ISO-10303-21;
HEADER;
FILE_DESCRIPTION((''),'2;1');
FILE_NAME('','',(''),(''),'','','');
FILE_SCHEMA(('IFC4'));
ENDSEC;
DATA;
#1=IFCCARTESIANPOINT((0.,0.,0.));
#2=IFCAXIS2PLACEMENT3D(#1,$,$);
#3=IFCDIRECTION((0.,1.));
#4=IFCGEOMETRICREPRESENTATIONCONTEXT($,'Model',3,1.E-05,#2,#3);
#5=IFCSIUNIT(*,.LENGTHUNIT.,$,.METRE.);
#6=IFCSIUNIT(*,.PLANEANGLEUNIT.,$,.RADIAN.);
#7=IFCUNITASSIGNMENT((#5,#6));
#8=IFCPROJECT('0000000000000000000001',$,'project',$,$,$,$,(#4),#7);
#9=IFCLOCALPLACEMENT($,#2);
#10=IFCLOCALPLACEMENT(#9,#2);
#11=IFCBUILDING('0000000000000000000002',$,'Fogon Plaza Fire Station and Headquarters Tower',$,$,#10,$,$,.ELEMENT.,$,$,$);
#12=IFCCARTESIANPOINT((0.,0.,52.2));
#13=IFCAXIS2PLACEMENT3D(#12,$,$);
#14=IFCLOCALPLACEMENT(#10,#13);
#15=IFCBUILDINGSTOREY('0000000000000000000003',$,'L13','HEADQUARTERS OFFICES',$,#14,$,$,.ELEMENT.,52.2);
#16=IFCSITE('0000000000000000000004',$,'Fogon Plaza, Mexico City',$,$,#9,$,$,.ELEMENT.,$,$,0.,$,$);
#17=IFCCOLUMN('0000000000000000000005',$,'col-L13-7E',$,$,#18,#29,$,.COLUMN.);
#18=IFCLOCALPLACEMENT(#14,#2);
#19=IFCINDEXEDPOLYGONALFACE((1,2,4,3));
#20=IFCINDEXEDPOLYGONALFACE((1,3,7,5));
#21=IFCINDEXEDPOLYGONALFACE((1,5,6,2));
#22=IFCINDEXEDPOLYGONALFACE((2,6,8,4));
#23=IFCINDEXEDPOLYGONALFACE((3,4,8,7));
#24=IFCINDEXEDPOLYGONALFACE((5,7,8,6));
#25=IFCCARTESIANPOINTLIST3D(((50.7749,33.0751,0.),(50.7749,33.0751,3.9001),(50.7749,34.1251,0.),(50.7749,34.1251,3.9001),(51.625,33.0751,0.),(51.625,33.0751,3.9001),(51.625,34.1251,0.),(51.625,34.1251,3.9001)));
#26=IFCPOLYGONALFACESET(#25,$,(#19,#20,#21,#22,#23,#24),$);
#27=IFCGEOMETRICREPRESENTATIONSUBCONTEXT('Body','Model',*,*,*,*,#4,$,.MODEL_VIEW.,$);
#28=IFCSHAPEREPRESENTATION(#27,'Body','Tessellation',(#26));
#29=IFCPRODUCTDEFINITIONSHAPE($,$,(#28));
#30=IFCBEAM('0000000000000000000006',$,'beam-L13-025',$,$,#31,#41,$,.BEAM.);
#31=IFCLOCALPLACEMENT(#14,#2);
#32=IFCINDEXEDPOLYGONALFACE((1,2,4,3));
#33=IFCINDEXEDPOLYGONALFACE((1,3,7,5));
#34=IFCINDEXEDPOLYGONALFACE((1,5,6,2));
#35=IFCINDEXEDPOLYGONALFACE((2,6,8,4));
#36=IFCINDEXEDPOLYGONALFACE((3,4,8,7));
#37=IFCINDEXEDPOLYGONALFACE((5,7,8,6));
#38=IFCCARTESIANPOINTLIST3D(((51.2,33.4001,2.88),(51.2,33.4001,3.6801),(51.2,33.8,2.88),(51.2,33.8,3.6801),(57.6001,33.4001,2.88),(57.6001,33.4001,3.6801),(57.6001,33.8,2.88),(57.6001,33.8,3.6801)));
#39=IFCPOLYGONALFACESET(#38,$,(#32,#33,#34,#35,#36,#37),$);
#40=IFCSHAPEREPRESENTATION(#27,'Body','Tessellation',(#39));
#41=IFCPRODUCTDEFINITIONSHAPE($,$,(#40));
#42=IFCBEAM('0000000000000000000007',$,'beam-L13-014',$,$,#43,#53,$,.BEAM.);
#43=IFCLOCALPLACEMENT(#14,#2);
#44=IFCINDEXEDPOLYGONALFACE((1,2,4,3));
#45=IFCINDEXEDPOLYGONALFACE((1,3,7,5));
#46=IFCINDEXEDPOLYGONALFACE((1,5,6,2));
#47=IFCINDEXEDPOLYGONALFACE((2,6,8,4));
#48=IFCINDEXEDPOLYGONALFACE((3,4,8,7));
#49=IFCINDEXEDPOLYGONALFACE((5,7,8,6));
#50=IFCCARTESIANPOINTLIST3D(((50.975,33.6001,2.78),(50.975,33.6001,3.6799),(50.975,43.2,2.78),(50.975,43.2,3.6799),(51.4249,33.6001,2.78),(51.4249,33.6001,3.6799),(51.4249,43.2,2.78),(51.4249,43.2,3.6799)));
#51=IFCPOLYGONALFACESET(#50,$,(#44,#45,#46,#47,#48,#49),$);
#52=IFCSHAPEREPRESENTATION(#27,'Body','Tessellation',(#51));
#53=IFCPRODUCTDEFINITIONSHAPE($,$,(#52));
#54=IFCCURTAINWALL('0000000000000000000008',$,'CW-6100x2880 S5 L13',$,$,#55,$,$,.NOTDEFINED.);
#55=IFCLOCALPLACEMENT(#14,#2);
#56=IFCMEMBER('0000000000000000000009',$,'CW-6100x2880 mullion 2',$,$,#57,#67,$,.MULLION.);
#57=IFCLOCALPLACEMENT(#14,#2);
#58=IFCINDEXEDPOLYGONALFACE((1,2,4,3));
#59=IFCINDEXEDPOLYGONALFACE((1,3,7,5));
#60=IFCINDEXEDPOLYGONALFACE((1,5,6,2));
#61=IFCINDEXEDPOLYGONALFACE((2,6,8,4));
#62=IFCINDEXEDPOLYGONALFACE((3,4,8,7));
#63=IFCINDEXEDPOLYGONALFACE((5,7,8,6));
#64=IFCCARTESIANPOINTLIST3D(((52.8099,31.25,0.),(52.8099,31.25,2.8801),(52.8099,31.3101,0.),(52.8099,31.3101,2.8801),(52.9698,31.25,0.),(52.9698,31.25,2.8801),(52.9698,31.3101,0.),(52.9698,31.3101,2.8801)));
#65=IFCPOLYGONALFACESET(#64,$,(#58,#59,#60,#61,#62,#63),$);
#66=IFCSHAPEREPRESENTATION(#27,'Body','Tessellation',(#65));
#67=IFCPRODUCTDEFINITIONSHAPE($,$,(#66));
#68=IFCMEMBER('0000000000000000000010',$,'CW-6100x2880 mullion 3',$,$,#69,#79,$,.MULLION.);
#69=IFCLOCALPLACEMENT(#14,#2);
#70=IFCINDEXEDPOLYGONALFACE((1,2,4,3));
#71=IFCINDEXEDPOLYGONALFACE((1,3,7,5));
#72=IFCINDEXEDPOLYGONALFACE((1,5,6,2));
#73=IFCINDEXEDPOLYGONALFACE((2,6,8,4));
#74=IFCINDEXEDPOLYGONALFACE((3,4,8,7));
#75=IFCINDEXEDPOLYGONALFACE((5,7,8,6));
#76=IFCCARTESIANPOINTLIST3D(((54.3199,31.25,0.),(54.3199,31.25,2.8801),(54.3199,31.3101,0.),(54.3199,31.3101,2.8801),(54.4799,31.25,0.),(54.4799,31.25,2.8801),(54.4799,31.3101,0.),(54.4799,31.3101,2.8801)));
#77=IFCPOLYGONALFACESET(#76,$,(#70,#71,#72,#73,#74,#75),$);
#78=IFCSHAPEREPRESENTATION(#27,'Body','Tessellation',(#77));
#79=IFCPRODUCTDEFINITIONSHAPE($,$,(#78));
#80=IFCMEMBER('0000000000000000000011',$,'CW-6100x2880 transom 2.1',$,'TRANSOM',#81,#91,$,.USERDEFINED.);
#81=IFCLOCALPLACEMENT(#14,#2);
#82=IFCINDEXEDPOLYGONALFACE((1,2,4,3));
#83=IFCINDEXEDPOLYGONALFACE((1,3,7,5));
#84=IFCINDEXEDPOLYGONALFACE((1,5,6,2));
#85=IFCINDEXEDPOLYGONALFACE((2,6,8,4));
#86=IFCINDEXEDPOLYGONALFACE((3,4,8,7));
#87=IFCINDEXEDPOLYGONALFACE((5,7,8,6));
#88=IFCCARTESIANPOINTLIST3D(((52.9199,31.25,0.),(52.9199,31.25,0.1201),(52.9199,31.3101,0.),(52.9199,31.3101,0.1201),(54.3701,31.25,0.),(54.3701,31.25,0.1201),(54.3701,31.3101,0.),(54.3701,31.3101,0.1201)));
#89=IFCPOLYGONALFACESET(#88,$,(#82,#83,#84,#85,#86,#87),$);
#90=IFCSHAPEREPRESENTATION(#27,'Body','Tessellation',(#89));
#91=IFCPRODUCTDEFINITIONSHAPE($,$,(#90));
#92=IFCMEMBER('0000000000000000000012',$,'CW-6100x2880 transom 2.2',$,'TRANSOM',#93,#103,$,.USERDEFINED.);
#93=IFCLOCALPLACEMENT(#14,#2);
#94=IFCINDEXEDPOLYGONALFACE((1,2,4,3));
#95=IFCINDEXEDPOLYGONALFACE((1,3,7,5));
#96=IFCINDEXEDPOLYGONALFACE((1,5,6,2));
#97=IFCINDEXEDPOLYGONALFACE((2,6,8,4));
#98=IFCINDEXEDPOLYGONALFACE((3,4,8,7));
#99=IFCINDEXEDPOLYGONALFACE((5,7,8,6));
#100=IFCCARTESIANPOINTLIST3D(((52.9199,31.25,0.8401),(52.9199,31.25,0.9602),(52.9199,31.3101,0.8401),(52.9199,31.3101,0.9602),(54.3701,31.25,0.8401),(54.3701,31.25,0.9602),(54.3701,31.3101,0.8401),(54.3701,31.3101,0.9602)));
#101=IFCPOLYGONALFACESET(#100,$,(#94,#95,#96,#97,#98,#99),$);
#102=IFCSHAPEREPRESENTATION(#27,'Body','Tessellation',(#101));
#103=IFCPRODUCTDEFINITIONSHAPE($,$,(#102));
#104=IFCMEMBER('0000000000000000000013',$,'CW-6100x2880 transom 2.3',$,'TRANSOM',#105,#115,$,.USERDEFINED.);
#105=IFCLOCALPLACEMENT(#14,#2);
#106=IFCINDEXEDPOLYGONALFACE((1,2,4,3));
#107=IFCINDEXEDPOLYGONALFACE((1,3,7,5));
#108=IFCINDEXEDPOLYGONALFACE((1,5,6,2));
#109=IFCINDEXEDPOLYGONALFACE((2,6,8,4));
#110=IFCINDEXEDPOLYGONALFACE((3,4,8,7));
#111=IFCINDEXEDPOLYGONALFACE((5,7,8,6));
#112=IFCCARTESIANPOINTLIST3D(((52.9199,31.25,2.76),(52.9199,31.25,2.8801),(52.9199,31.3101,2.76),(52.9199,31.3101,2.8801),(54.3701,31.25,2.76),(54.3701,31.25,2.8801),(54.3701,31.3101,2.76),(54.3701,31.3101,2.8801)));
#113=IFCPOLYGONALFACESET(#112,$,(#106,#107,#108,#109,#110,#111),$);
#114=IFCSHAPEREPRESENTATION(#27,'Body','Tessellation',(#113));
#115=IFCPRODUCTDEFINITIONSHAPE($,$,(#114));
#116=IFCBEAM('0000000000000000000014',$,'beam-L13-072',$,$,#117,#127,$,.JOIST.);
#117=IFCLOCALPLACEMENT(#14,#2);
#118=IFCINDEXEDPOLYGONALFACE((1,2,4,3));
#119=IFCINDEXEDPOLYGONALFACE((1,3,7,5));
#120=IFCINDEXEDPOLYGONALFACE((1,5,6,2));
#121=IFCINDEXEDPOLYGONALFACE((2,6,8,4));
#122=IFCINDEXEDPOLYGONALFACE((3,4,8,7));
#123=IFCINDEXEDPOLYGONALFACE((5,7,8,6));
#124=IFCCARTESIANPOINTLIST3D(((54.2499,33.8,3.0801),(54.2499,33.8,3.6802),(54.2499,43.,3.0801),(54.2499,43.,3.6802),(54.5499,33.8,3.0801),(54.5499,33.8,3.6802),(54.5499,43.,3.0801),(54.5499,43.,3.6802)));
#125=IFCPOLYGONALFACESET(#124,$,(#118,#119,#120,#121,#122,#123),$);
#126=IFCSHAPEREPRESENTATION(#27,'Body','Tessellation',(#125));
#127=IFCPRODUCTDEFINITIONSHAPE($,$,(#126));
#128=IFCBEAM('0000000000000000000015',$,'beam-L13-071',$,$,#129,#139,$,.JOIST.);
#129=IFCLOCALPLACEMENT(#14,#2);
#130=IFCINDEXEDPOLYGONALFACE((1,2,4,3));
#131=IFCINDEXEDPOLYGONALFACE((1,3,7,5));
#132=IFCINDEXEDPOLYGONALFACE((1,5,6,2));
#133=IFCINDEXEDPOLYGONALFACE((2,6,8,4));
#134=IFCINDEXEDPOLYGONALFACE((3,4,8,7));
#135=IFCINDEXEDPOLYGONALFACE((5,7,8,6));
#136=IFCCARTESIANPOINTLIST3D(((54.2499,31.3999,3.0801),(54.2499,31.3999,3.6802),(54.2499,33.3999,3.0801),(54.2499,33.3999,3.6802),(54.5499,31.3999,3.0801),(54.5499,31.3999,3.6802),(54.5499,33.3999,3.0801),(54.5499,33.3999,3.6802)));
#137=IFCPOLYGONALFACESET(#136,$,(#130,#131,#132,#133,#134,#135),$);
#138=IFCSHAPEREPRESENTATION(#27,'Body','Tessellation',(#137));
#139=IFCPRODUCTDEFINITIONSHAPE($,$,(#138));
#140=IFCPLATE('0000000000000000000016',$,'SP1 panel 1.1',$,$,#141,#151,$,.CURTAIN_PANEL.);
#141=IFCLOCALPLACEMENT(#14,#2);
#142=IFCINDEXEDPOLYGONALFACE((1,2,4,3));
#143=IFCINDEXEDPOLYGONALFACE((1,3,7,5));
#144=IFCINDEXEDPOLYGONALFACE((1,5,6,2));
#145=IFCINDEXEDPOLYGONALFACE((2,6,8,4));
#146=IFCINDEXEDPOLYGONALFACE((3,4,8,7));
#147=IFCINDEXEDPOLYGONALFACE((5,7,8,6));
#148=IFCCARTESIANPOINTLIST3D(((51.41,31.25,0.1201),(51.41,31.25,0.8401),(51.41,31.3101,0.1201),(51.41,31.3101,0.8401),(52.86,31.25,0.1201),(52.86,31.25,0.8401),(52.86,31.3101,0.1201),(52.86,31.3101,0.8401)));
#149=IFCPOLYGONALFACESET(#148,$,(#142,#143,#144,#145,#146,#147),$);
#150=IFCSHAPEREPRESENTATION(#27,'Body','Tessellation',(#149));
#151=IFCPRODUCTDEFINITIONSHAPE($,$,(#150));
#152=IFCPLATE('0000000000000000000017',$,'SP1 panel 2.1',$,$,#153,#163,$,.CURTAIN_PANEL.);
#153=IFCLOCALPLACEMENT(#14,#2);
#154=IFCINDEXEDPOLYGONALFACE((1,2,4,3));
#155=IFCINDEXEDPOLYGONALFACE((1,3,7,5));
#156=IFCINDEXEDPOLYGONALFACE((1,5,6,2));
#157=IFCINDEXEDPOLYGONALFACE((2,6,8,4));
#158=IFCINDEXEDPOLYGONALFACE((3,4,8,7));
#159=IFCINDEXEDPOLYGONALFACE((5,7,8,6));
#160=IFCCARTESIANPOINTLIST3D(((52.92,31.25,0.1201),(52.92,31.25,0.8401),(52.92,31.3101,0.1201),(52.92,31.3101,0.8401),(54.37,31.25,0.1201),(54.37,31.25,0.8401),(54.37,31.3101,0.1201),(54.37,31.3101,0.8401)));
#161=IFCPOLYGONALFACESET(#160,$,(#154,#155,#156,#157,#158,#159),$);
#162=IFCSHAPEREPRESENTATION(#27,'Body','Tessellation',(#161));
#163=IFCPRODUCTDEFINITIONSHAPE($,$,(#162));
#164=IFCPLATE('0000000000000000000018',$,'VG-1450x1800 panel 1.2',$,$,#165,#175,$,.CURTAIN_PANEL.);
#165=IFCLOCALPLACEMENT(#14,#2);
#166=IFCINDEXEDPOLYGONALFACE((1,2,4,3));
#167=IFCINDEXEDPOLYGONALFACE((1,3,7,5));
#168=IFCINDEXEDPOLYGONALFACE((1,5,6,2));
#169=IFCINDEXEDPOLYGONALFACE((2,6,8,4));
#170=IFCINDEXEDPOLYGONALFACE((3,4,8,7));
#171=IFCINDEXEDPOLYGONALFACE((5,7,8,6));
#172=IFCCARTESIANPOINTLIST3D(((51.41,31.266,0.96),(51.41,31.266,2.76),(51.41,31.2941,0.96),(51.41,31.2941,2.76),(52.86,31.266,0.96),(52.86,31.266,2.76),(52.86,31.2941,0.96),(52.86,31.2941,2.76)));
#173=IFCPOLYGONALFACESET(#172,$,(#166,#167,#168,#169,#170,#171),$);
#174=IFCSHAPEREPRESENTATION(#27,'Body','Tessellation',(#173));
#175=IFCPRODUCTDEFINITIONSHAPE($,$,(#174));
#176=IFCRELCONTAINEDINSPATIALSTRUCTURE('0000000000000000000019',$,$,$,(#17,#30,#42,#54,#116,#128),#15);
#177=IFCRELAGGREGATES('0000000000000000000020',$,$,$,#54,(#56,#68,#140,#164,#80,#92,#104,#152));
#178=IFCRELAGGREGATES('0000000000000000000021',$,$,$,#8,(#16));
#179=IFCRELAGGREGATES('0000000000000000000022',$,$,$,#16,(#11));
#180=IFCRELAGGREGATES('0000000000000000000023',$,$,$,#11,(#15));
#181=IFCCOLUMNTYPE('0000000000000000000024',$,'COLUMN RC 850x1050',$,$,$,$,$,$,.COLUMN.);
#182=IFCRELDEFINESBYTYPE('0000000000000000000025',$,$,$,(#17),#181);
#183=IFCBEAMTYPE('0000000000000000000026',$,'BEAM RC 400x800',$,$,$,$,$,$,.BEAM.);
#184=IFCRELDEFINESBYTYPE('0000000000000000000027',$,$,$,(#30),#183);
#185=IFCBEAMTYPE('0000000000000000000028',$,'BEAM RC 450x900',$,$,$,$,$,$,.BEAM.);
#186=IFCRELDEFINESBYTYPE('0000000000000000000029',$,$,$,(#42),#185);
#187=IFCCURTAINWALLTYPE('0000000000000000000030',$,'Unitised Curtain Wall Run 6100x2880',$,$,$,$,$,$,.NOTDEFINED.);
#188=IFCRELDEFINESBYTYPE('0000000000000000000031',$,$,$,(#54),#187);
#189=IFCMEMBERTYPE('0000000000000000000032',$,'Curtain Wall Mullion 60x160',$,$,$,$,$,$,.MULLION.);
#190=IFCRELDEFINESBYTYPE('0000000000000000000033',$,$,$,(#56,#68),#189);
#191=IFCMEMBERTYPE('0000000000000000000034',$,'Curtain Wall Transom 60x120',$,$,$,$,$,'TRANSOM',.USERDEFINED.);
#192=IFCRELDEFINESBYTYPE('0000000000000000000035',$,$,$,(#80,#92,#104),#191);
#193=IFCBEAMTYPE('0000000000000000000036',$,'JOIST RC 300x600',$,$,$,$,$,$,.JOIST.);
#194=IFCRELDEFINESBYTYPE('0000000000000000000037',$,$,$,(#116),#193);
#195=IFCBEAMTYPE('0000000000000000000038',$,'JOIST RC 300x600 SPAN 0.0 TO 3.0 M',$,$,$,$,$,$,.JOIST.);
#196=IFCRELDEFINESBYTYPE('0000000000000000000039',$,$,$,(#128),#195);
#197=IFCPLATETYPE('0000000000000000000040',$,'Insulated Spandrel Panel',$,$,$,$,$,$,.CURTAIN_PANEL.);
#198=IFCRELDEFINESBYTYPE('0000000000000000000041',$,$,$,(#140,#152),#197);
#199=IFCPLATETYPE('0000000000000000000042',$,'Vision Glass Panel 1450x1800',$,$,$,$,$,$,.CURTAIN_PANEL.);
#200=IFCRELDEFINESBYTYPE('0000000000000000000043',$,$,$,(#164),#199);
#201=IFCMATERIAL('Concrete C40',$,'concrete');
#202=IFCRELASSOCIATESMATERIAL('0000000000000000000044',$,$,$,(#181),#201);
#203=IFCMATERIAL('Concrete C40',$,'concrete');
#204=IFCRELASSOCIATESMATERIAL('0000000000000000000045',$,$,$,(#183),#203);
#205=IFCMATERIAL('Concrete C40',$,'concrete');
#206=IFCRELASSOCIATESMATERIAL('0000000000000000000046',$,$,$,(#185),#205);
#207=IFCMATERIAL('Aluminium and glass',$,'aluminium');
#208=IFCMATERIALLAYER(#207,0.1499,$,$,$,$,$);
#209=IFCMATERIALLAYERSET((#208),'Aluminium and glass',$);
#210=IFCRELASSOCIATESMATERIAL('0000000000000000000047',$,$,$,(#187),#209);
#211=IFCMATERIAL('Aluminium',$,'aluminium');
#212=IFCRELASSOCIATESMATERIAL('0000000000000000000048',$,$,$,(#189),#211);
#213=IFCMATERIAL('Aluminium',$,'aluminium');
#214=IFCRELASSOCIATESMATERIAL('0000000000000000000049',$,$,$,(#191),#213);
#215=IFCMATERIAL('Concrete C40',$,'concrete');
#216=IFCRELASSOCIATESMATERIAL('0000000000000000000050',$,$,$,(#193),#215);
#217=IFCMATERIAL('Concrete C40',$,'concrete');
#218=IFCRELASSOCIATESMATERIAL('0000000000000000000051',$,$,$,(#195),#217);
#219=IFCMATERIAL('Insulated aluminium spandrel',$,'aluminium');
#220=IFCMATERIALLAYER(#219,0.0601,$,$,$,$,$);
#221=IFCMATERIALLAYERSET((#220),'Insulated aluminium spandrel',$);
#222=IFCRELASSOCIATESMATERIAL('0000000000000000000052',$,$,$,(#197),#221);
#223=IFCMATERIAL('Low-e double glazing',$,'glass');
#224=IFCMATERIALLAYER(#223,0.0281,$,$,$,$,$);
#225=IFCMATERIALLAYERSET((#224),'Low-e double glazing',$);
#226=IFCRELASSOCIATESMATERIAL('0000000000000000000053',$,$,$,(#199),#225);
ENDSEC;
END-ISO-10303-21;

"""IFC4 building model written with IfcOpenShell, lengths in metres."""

from ifc_helpers import new_model, si_unit, direction, frame, origin, origin_2d, place, context, subcontext, project, spatial, rectangle, extrude, material, layer, layer_set, material_profile, profile_set, type_object, element, aggregate, save


model = new_model("IFC4")

# Units and contexts
model_context = context("Model", 3, precision=1e-05, world=origin(), true_north=direction((0.0, 1.0)))
body_context = subcontext(model_context, "Body", "Model", "MODEL_VIEW")
ifc_project = project(units=[si_unit("LENGTHUNIT", "METRE"), si_unit("PLANEANGLEUNIT", "RADIAN")], contexts=[model_context])

# Site, building, storey
site_placement = place(None, origin())
site = spatial("IfcSite", under=ifc_project, at=site_placement, Name="Fogon Plaza, Mexico City", CompositionType="ELEMENT", RefElevation=0.0)
building_placement = place(site_placement, origin())
building = spatial("IfcBuilding", under=site, at=building_placement, Name="Fogon Plaza Fire Station and Headquarters Tower", CompositionType="ELEMENT")
storey_placement = place(building_placement, frame((0.0, 0.0, 52.2)))
storey = spatial("IfcBuildingStorey", under=building, at=storey_placement, Name="L13", Description="HEADQUARTERS OFFICES", CompositionType="ELEMENT", Elevation=52.2)

# Column
ifc_material_1 = material(Name="Concrete C40", Category="concrete")
ifc_material_profile_1 = material_profile(ifc_material_1, rectangle(XDim=0.8501, YDim=1.05, at=origin_2d()), Name="RC 850x1050")
ifc_profile_set_1 = profile_set([ifc_material_profile_1], Name="Concrete C40")
column_type = type_object("IfcColumnType", Name="COLUMN RC 850x1050", PredefinedType="COLUMN", material=ifc_profile_set_1)
column_placement = place(storey_placement, frame((51.2, 33.6001, 0.0), z_axis=(0.0, 0.0, 1.0), x_axis=(1.0, 0.0, 0.0)))
element("IfcColumn", 1, at=column_placement, inside=storey, type_object=column_type, Name="col-L13-7E", PredefinedType="COLUMN", context=body_context, shape_type="SweptSolid", body=[
    extrude(rectangle(XDim=0.8501, YDim=1.05, at=origin_2d()), origin(), (0.0, 0.0, 1.0), 3.9001),
])

# Beams
ifc_material_2 = material(Name="Concrete C40", Category="concrete")
ifc_material_profile_2 = material_profile(ifc_material_2, rectangle(XDim=0.3999, YDim=0.8, at=origin_2d()), Name="RC 400x800")
ifc_profile_set_2 = profile_set([ifc_material_profile_2], Name="Concrete C40")
beam_type_1 = type_object("IfcBeamType", Name="BEAM RC 400x800", PredefinedType="BEAM", material=ifc_profile_set_2)
beam_1_placement = place(storey_placement, frame((51.2, 33.6001, 3.28), z_axis=(1.0, 0.0, 0.0), x_axis=(0.0, 1.0, 0.0)))
element("IfcBeam", 2, at=beam_1_placement, inside=storey, type_object=beam_type_1, Name="beam-L13-025", PredefinedType="BEAM", context=body_context, shape_type="SweptSolid", body=[
    extrude(rectangle(XDim=0.3999, YDim=0.8, at=origin_2d()), origin(), (0.0, 0.0, 1.0), 6.4001),
])
ifc_material_3 = material(Name="Concrete C40", Category="concrete")
ifc_material_profile_3 = material_profile(ifc_material_3, rectangle(XDim=0.45, YDim=0.8999, at=origin_2d()), Name="RC 450x900")
ifc_profile_set_3 = profile_set([ifc_material_profile_3], Name="Concrete C40")
beam_type_2 = type_object("IfcBeamType", Name="BEAM RC 450x900", PredefinedType="BEAM", material=ifc_profile_set_3)
beam_2_placement = place(storey_placement, frame((51.2, 33.6001, 3.23), z_axis=(0.0, 1.0, 0.0), x_axis=(-1.0, 0.0, 0.0)))
element("IfcBeam", 3, at=beam_2_placement, inside=storey, type_object=beam_type_2, Name="beam-L13-014", PredefinedType="BEAM", context=body_context, shape_type="SweptSolid", body=[
    extrude(rectangle(XDim=0.45, YDim=0.8999, at=origin_2d()), origin(), (0.0, 0.0, 1.0), 9.5999),
])

# Curtain wall, members
ifc_material_4 = material(Name="Aluminium and glass", Category="aluminium")
ifc_layer_1 = layer(ifc_material_4, 0.1499)
ifc_layer_set_1 = layer_set([ifc_layer_1], Name="Aluminium and glass")
curtain_wall_type = type_object("IfcCurtainWallType", Name="Unitised Curtain Wall Run 6100x2880", PredefinedType="NOTDEFINED", material=ifc_layer_set_1)
curtain_wall_placement = place(storey_placement, origin())
curtain_wall = element("IfcCurtainWall", 4, at=curtain_wall_placement, inside=storey, type_object=curtain_wall_type, Name="CW-6100x2880 S5 L13", PredefinedType="NOTDEFINED")
ifc_material_5 = material(Name="Aluminium", Category="aluminium")
ifc_material_profile_4 = material_profile(ifc_material_5, rectangle(XDim=0.0601, YDim=0.1599, at=origin_2d()), Name="Curtain Wall Mullion 60x160")
ifc_profile_set_4 = profile_set([ifc_material_profile_4], Name="Aluminium")
member_type_1 = type_object("IfcMemberType", Name="Curtain Wall Mullion 60x160", PredefinedType="MULLION", material=ifc_profile_set_4)
member_1_placement = place(storey_placement, frame((52.8899, 31.28, 0.0), z_axis=(0.0, 0.0, 1.0), x_axis=(0.0, 1.0, 0.0)))
member_1 = element("IfcMember", 5, at=member_1_placement, type_object=member_type_1, Name="CW-6100x2880 mullion 2", PredefinedType="MULLION", context=body_context, shape_type="SweptSolid", body=[
    extrude(rectangle(XDim=0.0601, YDim=0.1599, at=origin_2d()), origin(), (0.0, 0.0, 1.0), 2.8801),
])
member_2_placement = place(storey_placement, frame((54.3999, 31.28, 0.0), z_axis=(0.0, 0.0, 1.0), x_axis=(0.0, 1.0, 0.0)))
member_2 = element("IfcMember", 6, at=member_2_placement, type_object=member_type_1, Name="CW-6100x2880 mullion 3", PredefinedType="MULLION", context=body_context, shape_type="SweptSolid", body=[
    extrude(rectangle(XDim=0.0601, YDim=0.1599, at=origin_2d()), origin(), (0.0, 0.0, 1.0), 2.8801),
])
ifc_material_6 = material(Name="Aluminium", Category="aluminium")
ifc_material_profile_5 = material_profile(ifc_material_6, rectangle(XDim=0.0601, YDim=0.1201, at=origin_2d()), Name="Curtain Wall Transom 60x120")
ifc_profile_set_5 = profile_set([ifc_material_profile_5], Name="Aluminium")
member_type_2 = type_object("IfcMemberType", Name="Curtain Wall Transom 60x120", ElementType="TRANSOM", PredefinedType="USERDEFINED", material=ifc_profile_set_5)
member_3_placement = place(storey_placement, frame((52.9199, 31.28, 0.0601), z_axis=(1.0, 0.0, 0.0), x_axis=(0.0, 1.0, 0.0)))
member_3 = element("IfcMember", 7, at=member_3_placement, type_object=member_type_2, Name="CW-6100x2880 transom 2.1", ObjectType="TRANSOM", PredefinedType="USERDEFINED", context=body_context, shape_type="SweptSolid", body=[
    extrude(rectangle(XDim=0.0601, YDim=0.1201, at=origin_2d()), origin(), (0.0, 0.0, 1.0), 1.4502),
])
member_4_placement = place(storey_placement, frame((52.9199, 31.28, 0.9001), z_axis=(1.0, 0.0, 0.0), x_axis=(0.0, 1.0, 0.0)))
member_4 = element("IfcMember", 8, at=member_4_placement, type_object=member_type_2, Name="CW-6100x2880 transom 2.2", ObjectType="TRANSOM", PredefinedType="USERDEFINED", context=body_context, shape_type="SweptSolid", body=[
    extrude(rectangle(XDim=0.0601, YDim=0.1201, at=origin_2d()), origin(), (0.0, 0.0, 1.0), 1.4502),
])
member_5_placement = place(storey_placement, frame((52.9199, 31.28, 2.8201), z_axis=(1.0, 0.0, 0.0), x_axis=(0.0, 1.0, 0.0)))
member_5 = element("IfcMember", 9, at=member_5_placement, type_object=member_type_2, Name="CW-6100x2880 transom 2.3", ObjectType="TRANSOM", PredefinedType="USERDEFINED", context=body_context, shape_type="SweptSolid", body=[
    extrude(rectangle(XDim=0.0601, YDim=0.1201, at=origin_2d()), origin(), (0.0, 0.0, 1.0), 1.4502),
])

# Beams
ifc_material_7 = material(Name="Concrete C40", Category="concrete")
ifc_material_profile_6 = material_profile(ifc_material_7, rectangle(XDim=0.3, YDim=0.6001, at=origin_2d()), Name="RC 300x600")
ifc_profile_set_6 = profile_set([ifc_material_profile_6], Name="Concrete C40")
beam_type_3 = type_object("IfcBeamType", Name="JOIST RC 300x600", PredefinedType="JOIST", material=ifc_profile_set_6)
beam_3_placement = place(storey_placement, frame((54.3999, 33.8, 3.3801), z_axis=(0.0, 1.0, 0.0), x_axis=(-1.0, 0.0, 0.0)))
element("IfcBeam", 10, at=beam_3_placement, inside=storey, type_object=beam_type_3, Name="beam-L13-072", PredefinedType="JOIST", context=body_context, shape_type="SweptSolid", body=[
    extrude(rectangle(XDim=0.3, YDim=0.6001, at=origin_2d()), origin(), (0.0, 0.0, 1.0), 9.2),
])
ifc_material_8 = material(Name="Concrete C40", Category="concrete")
ifc_material_profile_7 = material_profile(ifc_material_8, rectangle(XDim=0.3, YDim=0.6001, at=origin_2d()), Name="RC 300x600")
ifc_profile_set_7 = profile_set([ifc_material_profile_7], Name="Concrete C40")
beam_type_4 = type_object("IfcBeamType", Name="JOIST RC 300x600 SPAN 0.0 TO 3.0 M", PredefinedType="JOIST", material=ifc_profile_set_7)
beam_4_placement = place(storey_placement, frame((54.3999, 31.3999, 3.3801), z_axis=(0.0, 1.0, 0.0), x_axis=(-1.0, 0.0, 0.0)))
element("IfcBeam", 11, at=beam_4_placement, inside=storey, type_object=beam_type_4, Name="beam-L13-071", PredefinedType="JOIST", context=body_context, shape_type="SweptSolid", body=[
    extrude(rectangle(XDim=0.3, YDim=0.6001, at=origin_2d()), origin(), (0.0, 0.0, 1.0), 2.0),
])

# Plates
ifc_material_9 = material(Name="Insulated aluminium spandrel", Category="aluminium")
ifc_layer_2 = layer(ifc_material_9, 0.0601)
ifc_layer_set_2 = layer_set([ifc_layer_2], Name="Insulated aluminium spandrel")
plate_type_1 = type_object("IfcPlateType", Name="Insulated Spandrel Panel", PredefinedType="CURTAIN_PANEL", material=ifc_layer_set_2)
plate_1_placement = place(storey_placement, frame((52.135, 31.28, 0.1201), z_axis=(0.0, 0.0, 1.0), x_axis=(1.0, 0.0, 0.0)))
plate_1 = element("IfcPlate", 12, at=plate_1_placement, type_object=plate_type_1, Name="SP1 panel 1.1", PredefinedType="CURTAIN_PANEL", context=body_context, shape_type="SweptSolid", body=[
    extrude(rectangle(XDim=1.45, YDim=0.0601, at=origin_2d()), origin(), (0.0, 0.0, 1.0), 0.72),
])
plate_2_placement = place(storey_placement, frame((53.645, 31.28, 0.1201), z_axis=(0.0, 0.0, 1.0), x_axis=(1.0, 0.0, 0.0)))
plate_2 = element("IfcPlate", 13, at=plate_2_placement, type_object=plate_type_1, Name="SP1 panel 2.1", PredefinedType="CURTAIN_PANEL", context=body_context, shape_type="SweptSolid", body=[
    extrude(rectangle(XDim=1.45, YDim=0.0601, at=origin_2d()), origin(), (0.0, 0.0, 1.0), 0.72),
])
ifc_material_10 = material(Name="Low-e double glazing", Category="glass")
ifc_layer_3 = layer(ifc_material_10, 0.0281)
ifc_layer_set_3 = layer_set([ifc_layer_3], Name="Low-e double glazing")
plate_type_2 = type_object("IfcPlateType", Name="Vision Glass Panel 1450x1800", PredefinedType="CURTAIN_PANEL", material=ifc_layer_set_3)
plate_3_placement = place(storey_placement, frame((52.135, 31.28, 0.96), z_axis=(0.0, 0.0, 1.0), x_axis=(1.0, 0.0, 0.0)))
plate_3 = element("IfcPlate", 14, at=plate_3_placement, type_object=plate_type_2, Name="VG-1450x1800 panel 1.2", PredefinedType="CURTAIN_PANEL", context=body_context, shape_type="SweptSolid", body=[
    extrude(rectangle(XDim=1.45, YDim=0.0281, at=origin_2d()), origin(), (0.0, 0.0, 1.0), 1.8),
])
aggregate(curtain_wall, [member_1, member_2, plate_1, plate_3, member_3, member_4, member_5, plate_2])

save(model, "model.ifc")
